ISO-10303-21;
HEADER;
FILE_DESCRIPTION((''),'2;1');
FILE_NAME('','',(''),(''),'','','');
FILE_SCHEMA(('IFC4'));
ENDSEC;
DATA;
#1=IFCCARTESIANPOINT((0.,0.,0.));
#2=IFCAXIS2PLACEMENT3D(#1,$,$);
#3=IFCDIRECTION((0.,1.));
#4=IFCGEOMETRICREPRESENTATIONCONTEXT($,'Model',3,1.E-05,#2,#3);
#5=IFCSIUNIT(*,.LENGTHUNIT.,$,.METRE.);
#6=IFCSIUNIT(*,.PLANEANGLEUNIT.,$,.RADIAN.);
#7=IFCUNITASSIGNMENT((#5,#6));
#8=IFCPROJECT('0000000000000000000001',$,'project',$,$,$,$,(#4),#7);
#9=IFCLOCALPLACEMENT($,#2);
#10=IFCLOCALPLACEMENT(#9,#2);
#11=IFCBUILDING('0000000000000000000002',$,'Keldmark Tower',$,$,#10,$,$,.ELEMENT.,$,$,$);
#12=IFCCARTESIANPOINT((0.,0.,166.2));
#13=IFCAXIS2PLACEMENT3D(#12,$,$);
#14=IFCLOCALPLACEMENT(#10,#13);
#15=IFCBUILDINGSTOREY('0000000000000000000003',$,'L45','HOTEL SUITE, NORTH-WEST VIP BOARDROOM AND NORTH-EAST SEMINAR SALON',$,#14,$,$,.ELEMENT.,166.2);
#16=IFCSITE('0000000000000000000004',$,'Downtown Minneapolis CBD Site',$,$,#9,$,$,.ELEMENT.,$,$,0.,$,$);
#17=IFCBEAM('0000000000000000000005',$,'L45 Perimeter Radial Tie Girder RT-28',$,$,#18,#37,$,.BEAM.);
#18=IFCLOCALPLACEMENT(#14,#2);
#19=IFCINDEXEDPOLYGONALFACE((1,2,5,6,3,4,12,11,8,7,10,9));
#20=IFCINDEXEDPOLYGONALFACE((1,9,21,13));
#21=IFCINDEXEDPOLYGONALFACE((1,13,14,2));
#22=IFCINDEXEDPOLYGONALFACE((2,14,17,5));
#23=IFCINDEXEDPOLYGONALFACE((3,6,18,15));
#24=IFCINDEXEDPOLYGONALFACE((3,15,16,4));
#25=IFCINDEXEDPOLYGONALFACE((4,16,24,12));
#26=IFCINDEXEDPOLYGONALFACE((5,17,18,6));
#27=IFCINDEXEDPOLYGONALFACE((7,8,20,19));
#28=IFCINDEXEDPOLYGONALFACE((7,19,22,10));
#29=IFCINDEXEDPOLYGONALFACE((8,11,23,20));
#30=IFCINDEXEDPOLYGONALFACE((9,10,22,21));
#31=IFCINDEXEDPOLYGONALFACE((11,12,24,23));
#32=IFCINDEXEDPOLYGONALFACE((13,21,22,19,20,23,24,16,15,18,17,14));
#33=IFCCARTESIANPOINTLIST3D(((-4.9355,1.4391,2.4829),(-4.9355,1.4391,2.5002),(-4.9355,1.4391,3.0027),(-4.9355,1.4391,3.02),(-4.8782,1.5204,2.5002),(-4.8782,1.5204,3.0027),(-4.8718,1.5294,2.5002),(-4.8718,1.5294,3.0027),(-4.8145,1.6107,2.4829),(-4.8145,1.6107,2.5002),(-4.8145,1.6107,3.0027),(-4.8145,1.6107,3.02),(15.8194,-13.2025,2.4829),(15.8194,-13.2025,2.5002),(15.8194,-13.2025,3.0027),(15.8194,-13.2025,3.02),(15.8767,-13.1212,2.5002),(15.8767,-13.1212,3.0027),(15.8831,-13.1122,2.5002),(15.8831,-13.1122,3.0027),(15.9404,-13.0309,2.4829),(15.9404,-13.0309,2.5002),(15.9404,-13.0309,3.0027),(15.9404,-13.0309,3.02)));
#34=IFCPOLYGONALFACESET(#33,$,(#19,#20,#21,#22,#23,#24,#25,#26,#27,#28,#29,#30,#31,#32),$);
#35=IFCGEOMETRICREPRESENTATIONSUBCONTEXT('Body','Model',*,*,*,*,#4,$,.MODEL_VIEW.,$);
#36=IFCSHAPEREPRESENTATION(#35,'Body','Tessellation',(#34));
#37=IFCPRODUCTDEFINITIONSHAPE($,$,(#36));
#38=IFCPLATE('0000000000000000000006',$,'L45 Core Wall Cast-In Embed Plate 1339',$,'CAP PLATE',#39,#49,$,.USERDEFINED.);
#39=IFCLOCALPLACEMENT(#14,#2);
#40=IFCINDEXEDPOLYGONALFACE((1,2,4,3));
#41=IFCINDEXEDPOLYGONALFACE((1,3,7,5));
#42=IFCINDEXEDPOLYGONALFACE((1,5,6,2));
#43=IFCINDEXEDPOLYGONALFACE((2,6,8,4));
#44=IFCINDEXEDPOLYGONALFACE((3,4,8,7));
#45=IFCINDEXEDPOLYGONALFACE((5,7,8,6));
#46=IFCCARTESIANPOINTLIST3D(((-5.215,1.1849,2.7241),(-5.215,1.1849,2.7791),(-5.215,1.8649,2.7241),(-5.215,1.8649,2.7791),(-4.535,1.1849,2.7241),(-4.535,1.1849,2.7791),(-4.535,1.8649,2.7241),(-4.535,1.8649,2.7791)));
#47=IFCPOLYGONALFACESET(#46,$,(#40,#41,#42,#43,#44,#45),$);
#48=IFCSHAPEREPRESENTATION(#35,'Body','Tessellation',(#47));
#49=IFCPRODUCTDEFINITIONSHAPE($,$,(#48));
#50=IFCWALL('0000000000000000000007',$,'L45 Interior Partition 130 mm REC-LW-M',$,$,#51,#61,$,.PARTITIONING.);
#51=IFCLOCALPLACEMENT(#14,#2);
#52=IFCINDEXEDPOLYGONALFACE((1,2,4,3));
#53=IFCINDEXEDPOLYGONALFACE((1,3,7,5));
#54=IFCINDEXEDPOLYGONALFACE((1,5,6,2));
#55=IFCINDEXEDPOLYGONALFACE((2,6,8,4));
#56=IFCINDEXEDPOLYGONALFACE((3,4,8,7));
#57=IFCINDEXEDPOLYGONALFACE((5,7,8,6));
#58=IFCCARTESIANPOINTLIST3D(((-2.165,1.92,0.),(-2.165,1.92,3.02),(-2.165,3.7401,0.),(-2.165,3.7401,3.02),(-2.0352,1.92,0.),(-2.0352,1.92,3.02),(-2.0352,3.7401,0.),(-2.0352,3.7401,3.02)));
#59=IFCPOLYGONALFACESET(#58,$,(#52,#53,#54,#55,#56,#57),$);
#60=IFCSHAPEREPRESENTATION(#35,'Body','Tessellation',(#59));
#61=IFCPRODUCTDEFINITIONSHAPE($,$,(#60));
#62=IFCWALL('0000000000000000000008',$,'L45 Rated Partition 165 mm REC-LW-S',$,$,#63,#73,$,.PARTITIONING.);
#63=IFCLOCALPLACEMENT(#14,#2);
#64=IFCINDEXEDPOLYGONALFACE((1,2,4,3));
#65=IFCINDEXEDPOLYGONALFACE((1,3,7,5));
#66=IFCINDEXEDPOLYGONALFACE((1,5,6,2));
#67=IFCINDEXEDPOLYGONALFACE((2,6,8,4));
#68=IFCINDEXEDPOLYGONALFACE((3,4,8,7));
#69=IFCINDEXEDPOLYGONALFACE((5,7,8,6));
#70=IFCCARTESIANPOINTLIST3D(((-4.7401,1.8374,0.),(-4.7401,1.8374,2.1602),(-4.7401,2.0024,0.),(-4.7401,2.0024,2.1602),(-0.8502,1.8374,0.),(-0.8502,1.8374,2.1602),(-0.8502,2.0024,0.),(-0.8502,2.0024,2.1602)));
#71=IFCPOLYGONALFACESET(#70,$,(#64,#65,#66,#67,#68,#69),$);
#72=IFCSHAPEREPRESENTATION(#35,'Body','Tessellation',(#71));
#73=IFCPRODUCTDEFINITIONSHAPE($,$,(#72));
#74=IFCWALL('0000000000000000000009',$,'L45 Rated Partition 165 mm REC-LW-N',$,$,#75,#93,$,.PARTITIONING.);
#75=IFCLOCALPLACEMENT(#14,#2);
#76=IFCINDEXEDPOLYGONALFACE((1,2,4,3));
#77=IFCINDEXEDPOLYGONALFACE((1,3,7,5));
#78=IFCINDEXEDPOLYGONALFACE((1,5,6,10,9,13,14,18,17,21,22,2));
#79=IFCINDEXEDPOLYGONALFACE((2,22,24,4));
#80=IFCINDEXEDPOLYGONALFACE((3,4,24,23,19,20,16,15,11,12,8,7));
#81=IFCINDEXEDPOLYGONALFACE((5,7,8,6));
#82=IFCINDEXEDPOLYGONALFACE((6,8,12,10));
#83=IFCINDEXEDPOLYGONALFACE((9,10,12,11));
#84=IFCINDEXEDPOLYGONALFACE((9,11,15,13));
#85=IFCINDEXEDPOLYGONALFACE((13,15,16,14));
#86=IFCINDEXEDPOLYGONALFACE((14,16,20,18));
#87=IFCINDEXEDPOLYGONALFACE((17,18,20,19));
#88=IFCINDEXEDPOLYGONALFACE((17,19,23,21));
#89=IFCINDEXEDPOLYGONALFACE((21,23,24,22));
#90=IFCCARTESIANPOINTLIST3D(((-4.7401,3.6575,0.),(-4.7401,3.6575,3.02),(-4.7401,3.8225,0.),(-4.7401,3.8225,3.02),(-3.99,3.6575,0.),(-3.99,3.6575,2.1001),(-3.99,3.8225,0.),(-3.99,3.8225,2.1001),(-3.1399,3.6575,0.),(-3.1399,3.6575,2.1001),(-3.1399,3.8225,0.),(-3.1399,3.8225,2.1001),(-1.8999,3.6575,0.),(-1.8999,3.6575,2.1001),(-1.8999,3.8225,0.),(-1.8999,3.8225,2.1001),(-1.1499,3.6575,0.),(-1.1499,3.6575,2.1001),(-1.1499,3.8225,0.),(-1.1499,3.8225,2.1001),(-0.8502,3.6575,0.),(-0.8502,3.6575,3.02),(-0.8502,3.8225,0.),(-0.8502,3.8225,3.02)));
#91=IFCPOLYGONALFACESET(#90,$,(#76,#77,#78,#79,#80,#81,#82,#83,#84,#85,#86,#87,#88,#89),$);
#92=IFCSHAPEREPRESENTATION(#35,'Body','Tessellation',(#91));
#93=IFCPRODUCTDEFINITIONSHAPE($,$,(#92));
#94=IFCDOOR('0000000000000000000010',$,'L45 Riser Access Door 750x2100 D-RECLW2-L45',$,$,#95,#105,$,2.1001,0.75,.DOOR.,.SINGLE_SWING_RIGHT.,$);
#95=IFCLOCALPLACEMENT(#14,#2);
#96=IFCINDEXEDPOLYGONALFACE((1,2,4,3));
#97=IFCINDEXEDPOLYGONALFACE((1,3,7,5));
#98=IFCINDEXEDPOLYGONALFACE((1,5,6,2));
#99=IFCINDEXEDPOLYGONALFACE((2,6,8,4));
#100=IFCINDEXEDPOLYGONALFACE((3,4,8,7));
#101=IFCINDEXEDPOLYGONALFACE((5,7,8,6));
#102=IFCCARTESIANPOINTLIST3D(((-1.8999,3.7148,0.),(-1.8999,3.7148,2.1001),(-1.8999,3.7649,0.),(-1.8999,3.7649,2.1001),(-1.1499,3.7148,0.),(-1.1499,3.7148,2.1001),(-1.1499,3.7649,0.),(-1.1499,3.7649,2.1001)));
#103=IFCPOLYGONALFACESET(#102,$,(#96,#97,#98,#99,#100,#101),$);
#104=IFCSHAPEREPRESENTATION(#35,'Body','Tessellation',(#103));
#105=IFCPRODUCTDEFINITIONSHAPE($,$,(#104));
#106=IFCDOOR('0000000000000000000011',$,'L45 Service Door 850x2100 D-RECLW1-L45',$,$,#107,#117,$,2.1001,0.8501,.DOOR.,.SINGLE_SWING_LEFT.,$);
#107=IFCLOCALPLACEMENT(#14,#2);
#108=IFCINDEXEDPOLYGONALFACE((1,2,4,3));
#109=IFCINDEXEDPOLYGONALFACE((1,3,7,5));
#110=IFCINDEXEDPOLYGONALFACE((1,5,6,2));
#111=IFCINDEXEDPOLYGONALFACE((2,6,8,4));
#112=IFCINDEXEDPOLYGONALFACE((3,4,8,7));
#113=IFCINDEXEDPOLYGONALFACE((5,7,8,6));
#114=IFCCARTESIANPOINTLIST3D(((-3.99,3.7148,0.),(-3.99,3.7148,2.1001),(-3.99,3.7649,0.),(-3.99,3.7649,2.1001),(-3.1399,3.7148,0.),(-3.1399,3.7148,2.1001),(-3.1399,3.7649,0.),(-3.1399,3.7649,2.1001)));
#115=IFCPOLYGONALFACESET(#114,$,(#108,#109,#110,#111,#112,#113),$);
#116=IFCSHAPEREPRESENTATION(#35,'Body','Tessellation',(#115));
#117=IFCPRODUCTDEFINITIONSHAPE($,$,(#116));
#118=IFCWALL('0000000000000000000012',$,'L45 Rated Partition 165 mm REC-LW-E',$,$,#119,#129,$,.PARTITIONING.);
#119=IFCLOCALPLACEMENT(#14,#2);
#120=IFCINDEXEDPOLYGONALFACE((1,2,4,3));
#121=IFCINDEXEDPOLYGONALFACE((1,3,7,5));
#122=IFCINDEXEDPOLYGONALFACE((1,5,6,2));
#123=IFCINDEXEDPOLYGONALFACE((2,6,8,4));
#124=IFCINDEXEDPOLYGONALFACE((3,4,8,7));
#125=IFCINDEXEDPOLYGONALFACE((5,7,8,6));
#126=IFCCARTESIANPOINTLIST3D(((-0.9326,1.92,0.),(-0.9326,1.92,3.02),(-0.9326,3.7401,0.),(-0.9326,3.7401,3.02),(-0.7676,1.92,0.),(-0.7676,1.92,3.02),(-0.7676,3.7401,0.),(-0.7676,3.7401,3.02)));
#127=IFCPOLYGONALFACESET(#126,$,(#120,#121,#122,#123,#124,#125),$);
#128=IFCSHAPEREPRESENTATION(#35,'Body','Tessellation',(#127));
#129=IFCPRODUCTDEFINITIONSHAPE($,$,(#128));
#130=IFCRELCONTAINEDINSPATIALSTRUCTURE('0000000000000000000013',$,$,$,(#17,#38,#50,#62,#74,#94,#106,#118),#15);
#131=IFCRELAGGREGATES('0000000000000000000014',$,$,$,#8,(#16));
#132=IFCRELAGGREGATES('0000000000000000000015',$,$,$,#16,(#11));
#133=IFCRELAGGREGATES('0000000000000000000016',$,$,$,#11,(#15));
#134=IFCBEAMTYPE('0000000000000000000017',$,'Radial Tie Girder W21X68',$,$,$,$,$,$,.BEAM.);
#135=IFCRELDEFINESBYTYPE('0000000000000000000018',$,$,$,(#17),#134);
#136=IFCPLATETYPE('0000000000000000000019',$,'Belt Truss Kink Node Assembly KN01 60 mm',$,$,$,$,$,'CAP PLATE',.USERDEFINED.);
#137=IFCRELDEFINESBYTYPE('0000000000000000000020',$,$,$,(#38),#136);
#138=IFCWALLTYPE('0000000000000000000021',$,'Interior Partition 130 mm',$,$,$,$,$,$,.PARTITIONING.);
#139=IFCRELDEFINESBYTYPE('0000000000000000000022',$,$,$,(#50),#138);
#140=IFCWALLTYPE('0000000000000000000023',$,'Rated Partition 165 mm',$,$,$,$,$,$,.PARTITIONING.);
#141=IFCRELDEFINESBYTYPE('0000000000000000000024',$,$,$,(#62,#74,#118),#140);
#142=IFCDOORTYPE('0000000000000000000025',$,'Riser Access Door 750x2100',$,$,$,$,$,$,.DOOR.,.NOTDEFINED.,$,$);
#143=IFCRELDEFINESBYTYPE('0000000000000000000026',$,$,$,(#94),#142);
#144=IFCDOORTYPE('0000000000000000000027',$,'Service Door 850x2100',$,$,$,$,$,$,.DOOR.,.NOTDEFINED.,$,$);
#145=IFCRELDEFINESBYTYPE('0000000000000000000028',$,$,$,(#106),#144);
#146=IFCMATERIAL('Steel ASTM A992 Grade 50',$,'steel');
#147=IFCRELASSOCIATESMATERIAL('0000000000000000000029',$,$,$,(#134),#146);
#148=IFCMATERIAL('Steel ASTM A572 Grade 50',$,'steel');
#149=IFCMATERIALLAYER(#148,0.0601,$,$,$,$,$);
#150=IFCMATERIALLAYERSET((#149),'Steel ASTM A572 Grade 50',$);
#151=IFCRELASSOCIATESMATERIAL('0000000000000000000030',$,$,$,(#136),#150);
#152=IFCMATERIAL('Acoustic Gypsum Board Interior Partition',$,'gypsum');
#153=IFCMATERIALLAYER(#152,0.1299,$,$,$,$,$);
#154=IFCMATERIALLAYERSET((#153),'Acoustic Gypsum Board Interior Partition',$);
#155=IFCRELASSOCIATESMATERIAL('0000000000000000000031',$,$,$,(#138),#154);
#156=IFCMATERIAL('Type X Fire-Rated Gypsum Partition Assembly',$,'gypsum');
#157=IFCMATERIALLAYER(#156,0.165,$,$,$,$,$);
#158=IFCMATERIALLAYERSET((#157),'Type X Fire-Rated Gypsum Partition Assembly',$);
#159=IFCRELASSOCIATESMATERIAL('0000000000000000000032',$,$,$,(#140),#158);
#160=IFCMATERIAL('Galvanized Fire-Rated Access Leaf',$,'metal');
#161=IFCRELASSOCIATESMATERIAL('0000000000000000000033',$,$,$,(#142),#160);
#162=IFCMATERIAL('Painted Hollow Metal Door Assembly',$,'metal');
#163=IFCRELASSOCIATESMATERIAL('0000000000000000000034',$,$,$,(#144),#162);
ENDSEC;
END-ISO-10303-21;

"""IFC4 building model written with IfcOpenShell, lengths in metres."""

from ifc_helpers import new_model, si_unit, direction, frame, frame_2d, origin, origin_2d, place, context, subcontext, project, spatial, rectangle, i_section, extrude, material, layer, layer_set, material_profile, profile_set, type_object, element, fill, save


model = new_model("IFC4")

# Units and contexts
model_context = context("Model", 3, precision=1e-05, world=origin(), true_north=direction((0.0, 1.0)))
body_context = subcontext(model_context, "Body", "Model", "MODEL_VIEW")
ifc_project = project(units=[si_unit("LENGTHUNIT", "METRE"), si_unit("PLANEANGLEUNIT", "RADIAN")], contexts=[model_context])

# Site, building, storey
site_placement = place(None, origin())
site = spatial("IfcSite", under=ifc_project, at=site_placement, Name="Downtown Minneapolis CBD Site", CompositionType="ELEMENT", RefElevation=0.0)
building_placement = place(site_placement, origin())
building = spatial("IfcBuilding", under=site, at=building_placement, Name="Keldmark Tower", CompositionType="ELEMENT")
storey_placement = place(building_placement, frame((0.0, 0.0, 166.2)))
storey = spatial("IfcBuildingStorey", under=building, at=storey_placement, Name="L45", Description="HOTEL SUITE, NORTH-WEST VIP BOARDROOM AND NORTH-EAST SEMINAR SALON", CompositionType="ELEMENT", Elevation=166.2)

# Beam
ifc_material_1 = material(Name="Steel ASTM A992 Grade 50", Category="steel")
ifc_material_profile = material_profile(ifc_material_1, i_section(OverallWidth=0.21, OverallDepth=0.5371, WebThickness=0.011, FlangeThickness=0.0173, at=origin_2d()), Name="W21X68")
ifc_profile_set = profile_set([ifc_material_profile], Name="Steel ASTM A992 Grade 50")
beam_type = type_object("IfcBeamType", Name="Radial Tie Girder W21X68", PredefinedType="BEAM", material=ifc_profile_set)
beam_placement = place(storey_placement, frame((-4.875, 1.5249, 2.7515), z_axis=(0.817133, -0.576449, 0.0), x_axis=(0.576449, 0.817133, 0.0)))
element("IfcBeam", 1, at=beam_placement, inside=storey, type_object=beam_type, Name="L45 Perimeter Radial Tie Girder RT-28", PredefinedType="BEAM", context=body_context, shape_type="SweptSolid", body=[
    extrude(i_section(OverallWidth=0.21, OverallDepth=0.5371, WebThickness=0.011, FlangeThickness=0.0173, at=origin_2d()), origin(), (0.0, 0.0, 1.0), 25.3997),
])

# Plate
ifc_material_2 = material(Name="Steel ASTM A572 Grade 50", Category="steel")
ifc_layer_1 = layer(ifc_material_2, 0.0601)
ifc_layer_set_1 = layer_set([ifc_layer_1], Name="Steel ASTM A572 Grade 50")
plate_type = type_object("IfcPlateType", Name="Belt Truss Kink Node Assembly KN01 60 mm", ElementType="CAP PLATE", PredefinedType="USERDEFINED", material=ifc_layer_set_1)
plate_placement = place(storey_placement, frame((-4.875, 1.5249, 2.7241), z_axis=(0.0, 0.0, 1.0), x_axis=(1.0, 0.0, 0.0)))
element("IfcPlate", 2, at=plate_placement, inside=storey, type_object=plate_type, Name="L45 Core Wall Cast-In Embed Plate 1339", ObjectType="CAP PLATE", PredefinedType="USERDEFINED", context=body_context, shape_type="SweptSolid", body=[
    extrude(rectangle(XDim=0.6799, YDim=0.6799, at=origin_2d()), origin(), (0.0, 0.0, 1.0), 0.0549),
])

# Walls
ifc_material_3 = material(Name="Acoustic Gypsum Board Interior Partition", Category="gypsum")
ifc_layer_2 = layer(ifc_material_3, 0.1299)
ifc_layer_set_2 = layer_set([ifc_layer_2], Name="Acoustic Gypsum Board Interior Partition")
wall_type_1 = type_object("IfcWallType", Name="Interior Partition 130 mm", PredefinedType="PARTITIONING", material=ifc_layer_set_2)
wall_1_placement = place(storey_placement, frame((-2.1001, 1.9199, 0.0), z_axis=(0.0, 0.0, 1.0), x_axis=(0.0, 1.0, 0.0)))
element("IfcWall", 3, at=wall_1_placement, inside=storey, type_object=wall_type_1, Name="L45 Interior Partition 130 mm REC-LW-M", PredefinedType="PARTITIONING", context=body_context, shape_type="SweptSolid", body=[
    extrude(rectangle(XDim=1.8201, YDim=0.1299, at=frame_2d((0.9102, 0.0))), origin(), (0.0, 0.0, 1.0), 3.02),
])
ifc_material_4 = material(Name="Type X Fire-Rated Gypsum Partition Assembly", Category="gypsum")
ifc_layer_3 = layer(ifc_material_4, 0.165)
ifc_layer_set_3 = layer_set([ifc_layer_3], Name="Type X Fire-Rated Gypsum Partition Assembly")
wall_type_2 = type_object("IfcWallType", Name="Rated Partition 165 mm", PredefinedType="PARTITIONING", material=ifc_layer_set_3)
wall_2_placement = place(storey_placement, frame((-4.74, 1.9199, 0.0), z_axis=(0.0, 0.0, 1.0), x_axis=(1.0, 0.0, 0.0)))
element("IfcWall", 4, at=wall_2_placement, inside=storey, type_object=wall_type_2, Name="L45 Rated Partition 165 mm REC-LW-S", PredefinedType="PARTITIONING", context=body_context, shape_type="SweptSolid", body=[
    extrude(rectangle(XDim=3.8899, YDim=0.165, at=frame_2d((1.9448, 0.0))), origin(), (0.0, 0.0, 1.0), 2.1602),
])

# Wall, openings, doors
wall_3_placement = place(storey_placement, frame((-4.74, 3.74, 0.0), z_axis=(0.0, 0.0, 1.0), x_axis=(1.0, 0.0, 0.0)))
wall_3 = element("IfcWall", 5, at=wall_3_placement, inside=storey, type_object=wall_type_2, Name="L45 Rated Partition 165 mm REC-LW-N", PredefinedType="PARTITIONING", context=body_context, shape_type="SweptSolid", body=[
    extrude(rectangle(XDim=3.8899, YDim=0.165, at=frame_2d((1.9448, 0.0))), origin(), (0.0, 0.0, 1.0), 3.02),
])
opening_1_placement = place(wall_3_placement, frame((0.75, 0.0, 0.0)))
opening_1 = element("IfcOpeningElement", 6, at=opening_1_placement, cuts=wall_3, PredefinedType="OPENING", context=body_context, shape_type="SweptSolid", body=[
    extrude(rectangle(XDim=0.8501, YDim=2.1001, at=frame_2d((0.425, 1.05))), frame((0.0, 0.0925, 0.0), z_axis=(0.0, -1.0, 0.0), x_axis=(1.0, 0.0, 0.0)), (0.0, 0.0, 1.0), 0.1851),
])
opening_2_placement = place(wall_3_placement, frame((2.8401, 0.0, 0.0)))
opening_2 = element("IfcOpeningElement", 7, at=opening_2_placement, cuts=wall_3, PredefinedType="OPENING", context=body_context, shape_type="SweptSolid", body=[
    extrude(rectangle(XDim=0.75, YDim=2.1001, at=frame_2d((0.375, 1.05))), frame((0.0, 0.0925, 0.0), z_axis=(0.0, -1.0, 0.0), x_axis=(1.0, 0.0, 0.0)), (0.0, 0.0, 1.0), 0.1851),
])
ifc_material_5 = material(Name="Galvanized Fire-Rated Access Leaf", Category="metal")
door_type_1 = type_object("IfcDoorType", Name="Riser Access Door 750x2100", OperationType="NOTDEFINED", PredefinedType="DOOR", material=ifc_material_5)
door_1_placement = place(opening_2_placement, origin())
door_1 = element("IfcDoor", 8, at=door_1_placement, inside=storey, type_object=door_type_1, Name="L45 Riser Access Door 750x2100 D-RECLW2-L45", OperationType="SINGLE_SWING_RIGHT", OverallHeight=2.1001, OverallWidth=0.75, PredefinedType="DOOR", context=body_context, shape_type="SweptSolid", body=[
    extrude(rectangle(XDim=0.75, YDim=2.1001, at=frame_2d((0.375, 1.05))), frame((0.0, 0.0249, 0.0), z_axis=(0.0, -1.0, 0.0), x_axis=(1.0, 0.0, 0.0)), (0.0, 0.0, 1.0), 0.05),
])
fill(opening_2, door_1)
ifc_material_6 = material(Name="Painted Hollow Metal Door Assembly", Category="metal")
door_type_2 = type_object("IfcDoorType", Name="Service Door 850x2100", OperationType="NOTDEFINED", PredefinedType="DOOR", material=ifc_material_6)
door_2_placement = place(opening_1_placement, origin())
door_2 = element("IfcDoor", 9, at=door_2_placement, inside=storey, type_object=door_type_2, Name="L45 Service Door 850x2100 D-RECLW1-L45", OperationType="SINGLE_SWING_LEFT", OverallHeight=2.1001, OverallWidth=0.8501, PredefinedType="DOOR", context=body_context, shape_type="SweptSolid", body=[
    extrude(rectangle(XDim=0.8501, YDim=2.1001, at=frame_2d((0.425, 1.05))), frame((0.0, 0.0249, 0.0), z_axis=(0.0, -1.0, 0.0), x_axis=(1.0, 0.0, 0.0)), (0.0, 0.0, 1.0), 0.05),
])
fill(opening_1, door_2)

# Wall
wall_4_placement = place(storey_placement, frame((-0.8501, 1.9199, 0.0), z_axis=(0.0, 0.0, 1.0), x_axis=(0.0, 1.0, 0.0)))
element("IfcWall", 10, at=wall_4_placement, inside=storey, type_object=wall_type_2, Name="L45 Rated Partition 165 mm REC-LW-E", PredefinedType="PARTITIONING", context=body_context, shape_type="SweptSolid", body=[
    extrude(rectangle(XDim=1.8201, YDim=0.165, at=frame_2d((0.9102, 0.0))), origin(), (0.0, 0.0, 1.0), 3.02),
])

save(model, "model.ifc")
